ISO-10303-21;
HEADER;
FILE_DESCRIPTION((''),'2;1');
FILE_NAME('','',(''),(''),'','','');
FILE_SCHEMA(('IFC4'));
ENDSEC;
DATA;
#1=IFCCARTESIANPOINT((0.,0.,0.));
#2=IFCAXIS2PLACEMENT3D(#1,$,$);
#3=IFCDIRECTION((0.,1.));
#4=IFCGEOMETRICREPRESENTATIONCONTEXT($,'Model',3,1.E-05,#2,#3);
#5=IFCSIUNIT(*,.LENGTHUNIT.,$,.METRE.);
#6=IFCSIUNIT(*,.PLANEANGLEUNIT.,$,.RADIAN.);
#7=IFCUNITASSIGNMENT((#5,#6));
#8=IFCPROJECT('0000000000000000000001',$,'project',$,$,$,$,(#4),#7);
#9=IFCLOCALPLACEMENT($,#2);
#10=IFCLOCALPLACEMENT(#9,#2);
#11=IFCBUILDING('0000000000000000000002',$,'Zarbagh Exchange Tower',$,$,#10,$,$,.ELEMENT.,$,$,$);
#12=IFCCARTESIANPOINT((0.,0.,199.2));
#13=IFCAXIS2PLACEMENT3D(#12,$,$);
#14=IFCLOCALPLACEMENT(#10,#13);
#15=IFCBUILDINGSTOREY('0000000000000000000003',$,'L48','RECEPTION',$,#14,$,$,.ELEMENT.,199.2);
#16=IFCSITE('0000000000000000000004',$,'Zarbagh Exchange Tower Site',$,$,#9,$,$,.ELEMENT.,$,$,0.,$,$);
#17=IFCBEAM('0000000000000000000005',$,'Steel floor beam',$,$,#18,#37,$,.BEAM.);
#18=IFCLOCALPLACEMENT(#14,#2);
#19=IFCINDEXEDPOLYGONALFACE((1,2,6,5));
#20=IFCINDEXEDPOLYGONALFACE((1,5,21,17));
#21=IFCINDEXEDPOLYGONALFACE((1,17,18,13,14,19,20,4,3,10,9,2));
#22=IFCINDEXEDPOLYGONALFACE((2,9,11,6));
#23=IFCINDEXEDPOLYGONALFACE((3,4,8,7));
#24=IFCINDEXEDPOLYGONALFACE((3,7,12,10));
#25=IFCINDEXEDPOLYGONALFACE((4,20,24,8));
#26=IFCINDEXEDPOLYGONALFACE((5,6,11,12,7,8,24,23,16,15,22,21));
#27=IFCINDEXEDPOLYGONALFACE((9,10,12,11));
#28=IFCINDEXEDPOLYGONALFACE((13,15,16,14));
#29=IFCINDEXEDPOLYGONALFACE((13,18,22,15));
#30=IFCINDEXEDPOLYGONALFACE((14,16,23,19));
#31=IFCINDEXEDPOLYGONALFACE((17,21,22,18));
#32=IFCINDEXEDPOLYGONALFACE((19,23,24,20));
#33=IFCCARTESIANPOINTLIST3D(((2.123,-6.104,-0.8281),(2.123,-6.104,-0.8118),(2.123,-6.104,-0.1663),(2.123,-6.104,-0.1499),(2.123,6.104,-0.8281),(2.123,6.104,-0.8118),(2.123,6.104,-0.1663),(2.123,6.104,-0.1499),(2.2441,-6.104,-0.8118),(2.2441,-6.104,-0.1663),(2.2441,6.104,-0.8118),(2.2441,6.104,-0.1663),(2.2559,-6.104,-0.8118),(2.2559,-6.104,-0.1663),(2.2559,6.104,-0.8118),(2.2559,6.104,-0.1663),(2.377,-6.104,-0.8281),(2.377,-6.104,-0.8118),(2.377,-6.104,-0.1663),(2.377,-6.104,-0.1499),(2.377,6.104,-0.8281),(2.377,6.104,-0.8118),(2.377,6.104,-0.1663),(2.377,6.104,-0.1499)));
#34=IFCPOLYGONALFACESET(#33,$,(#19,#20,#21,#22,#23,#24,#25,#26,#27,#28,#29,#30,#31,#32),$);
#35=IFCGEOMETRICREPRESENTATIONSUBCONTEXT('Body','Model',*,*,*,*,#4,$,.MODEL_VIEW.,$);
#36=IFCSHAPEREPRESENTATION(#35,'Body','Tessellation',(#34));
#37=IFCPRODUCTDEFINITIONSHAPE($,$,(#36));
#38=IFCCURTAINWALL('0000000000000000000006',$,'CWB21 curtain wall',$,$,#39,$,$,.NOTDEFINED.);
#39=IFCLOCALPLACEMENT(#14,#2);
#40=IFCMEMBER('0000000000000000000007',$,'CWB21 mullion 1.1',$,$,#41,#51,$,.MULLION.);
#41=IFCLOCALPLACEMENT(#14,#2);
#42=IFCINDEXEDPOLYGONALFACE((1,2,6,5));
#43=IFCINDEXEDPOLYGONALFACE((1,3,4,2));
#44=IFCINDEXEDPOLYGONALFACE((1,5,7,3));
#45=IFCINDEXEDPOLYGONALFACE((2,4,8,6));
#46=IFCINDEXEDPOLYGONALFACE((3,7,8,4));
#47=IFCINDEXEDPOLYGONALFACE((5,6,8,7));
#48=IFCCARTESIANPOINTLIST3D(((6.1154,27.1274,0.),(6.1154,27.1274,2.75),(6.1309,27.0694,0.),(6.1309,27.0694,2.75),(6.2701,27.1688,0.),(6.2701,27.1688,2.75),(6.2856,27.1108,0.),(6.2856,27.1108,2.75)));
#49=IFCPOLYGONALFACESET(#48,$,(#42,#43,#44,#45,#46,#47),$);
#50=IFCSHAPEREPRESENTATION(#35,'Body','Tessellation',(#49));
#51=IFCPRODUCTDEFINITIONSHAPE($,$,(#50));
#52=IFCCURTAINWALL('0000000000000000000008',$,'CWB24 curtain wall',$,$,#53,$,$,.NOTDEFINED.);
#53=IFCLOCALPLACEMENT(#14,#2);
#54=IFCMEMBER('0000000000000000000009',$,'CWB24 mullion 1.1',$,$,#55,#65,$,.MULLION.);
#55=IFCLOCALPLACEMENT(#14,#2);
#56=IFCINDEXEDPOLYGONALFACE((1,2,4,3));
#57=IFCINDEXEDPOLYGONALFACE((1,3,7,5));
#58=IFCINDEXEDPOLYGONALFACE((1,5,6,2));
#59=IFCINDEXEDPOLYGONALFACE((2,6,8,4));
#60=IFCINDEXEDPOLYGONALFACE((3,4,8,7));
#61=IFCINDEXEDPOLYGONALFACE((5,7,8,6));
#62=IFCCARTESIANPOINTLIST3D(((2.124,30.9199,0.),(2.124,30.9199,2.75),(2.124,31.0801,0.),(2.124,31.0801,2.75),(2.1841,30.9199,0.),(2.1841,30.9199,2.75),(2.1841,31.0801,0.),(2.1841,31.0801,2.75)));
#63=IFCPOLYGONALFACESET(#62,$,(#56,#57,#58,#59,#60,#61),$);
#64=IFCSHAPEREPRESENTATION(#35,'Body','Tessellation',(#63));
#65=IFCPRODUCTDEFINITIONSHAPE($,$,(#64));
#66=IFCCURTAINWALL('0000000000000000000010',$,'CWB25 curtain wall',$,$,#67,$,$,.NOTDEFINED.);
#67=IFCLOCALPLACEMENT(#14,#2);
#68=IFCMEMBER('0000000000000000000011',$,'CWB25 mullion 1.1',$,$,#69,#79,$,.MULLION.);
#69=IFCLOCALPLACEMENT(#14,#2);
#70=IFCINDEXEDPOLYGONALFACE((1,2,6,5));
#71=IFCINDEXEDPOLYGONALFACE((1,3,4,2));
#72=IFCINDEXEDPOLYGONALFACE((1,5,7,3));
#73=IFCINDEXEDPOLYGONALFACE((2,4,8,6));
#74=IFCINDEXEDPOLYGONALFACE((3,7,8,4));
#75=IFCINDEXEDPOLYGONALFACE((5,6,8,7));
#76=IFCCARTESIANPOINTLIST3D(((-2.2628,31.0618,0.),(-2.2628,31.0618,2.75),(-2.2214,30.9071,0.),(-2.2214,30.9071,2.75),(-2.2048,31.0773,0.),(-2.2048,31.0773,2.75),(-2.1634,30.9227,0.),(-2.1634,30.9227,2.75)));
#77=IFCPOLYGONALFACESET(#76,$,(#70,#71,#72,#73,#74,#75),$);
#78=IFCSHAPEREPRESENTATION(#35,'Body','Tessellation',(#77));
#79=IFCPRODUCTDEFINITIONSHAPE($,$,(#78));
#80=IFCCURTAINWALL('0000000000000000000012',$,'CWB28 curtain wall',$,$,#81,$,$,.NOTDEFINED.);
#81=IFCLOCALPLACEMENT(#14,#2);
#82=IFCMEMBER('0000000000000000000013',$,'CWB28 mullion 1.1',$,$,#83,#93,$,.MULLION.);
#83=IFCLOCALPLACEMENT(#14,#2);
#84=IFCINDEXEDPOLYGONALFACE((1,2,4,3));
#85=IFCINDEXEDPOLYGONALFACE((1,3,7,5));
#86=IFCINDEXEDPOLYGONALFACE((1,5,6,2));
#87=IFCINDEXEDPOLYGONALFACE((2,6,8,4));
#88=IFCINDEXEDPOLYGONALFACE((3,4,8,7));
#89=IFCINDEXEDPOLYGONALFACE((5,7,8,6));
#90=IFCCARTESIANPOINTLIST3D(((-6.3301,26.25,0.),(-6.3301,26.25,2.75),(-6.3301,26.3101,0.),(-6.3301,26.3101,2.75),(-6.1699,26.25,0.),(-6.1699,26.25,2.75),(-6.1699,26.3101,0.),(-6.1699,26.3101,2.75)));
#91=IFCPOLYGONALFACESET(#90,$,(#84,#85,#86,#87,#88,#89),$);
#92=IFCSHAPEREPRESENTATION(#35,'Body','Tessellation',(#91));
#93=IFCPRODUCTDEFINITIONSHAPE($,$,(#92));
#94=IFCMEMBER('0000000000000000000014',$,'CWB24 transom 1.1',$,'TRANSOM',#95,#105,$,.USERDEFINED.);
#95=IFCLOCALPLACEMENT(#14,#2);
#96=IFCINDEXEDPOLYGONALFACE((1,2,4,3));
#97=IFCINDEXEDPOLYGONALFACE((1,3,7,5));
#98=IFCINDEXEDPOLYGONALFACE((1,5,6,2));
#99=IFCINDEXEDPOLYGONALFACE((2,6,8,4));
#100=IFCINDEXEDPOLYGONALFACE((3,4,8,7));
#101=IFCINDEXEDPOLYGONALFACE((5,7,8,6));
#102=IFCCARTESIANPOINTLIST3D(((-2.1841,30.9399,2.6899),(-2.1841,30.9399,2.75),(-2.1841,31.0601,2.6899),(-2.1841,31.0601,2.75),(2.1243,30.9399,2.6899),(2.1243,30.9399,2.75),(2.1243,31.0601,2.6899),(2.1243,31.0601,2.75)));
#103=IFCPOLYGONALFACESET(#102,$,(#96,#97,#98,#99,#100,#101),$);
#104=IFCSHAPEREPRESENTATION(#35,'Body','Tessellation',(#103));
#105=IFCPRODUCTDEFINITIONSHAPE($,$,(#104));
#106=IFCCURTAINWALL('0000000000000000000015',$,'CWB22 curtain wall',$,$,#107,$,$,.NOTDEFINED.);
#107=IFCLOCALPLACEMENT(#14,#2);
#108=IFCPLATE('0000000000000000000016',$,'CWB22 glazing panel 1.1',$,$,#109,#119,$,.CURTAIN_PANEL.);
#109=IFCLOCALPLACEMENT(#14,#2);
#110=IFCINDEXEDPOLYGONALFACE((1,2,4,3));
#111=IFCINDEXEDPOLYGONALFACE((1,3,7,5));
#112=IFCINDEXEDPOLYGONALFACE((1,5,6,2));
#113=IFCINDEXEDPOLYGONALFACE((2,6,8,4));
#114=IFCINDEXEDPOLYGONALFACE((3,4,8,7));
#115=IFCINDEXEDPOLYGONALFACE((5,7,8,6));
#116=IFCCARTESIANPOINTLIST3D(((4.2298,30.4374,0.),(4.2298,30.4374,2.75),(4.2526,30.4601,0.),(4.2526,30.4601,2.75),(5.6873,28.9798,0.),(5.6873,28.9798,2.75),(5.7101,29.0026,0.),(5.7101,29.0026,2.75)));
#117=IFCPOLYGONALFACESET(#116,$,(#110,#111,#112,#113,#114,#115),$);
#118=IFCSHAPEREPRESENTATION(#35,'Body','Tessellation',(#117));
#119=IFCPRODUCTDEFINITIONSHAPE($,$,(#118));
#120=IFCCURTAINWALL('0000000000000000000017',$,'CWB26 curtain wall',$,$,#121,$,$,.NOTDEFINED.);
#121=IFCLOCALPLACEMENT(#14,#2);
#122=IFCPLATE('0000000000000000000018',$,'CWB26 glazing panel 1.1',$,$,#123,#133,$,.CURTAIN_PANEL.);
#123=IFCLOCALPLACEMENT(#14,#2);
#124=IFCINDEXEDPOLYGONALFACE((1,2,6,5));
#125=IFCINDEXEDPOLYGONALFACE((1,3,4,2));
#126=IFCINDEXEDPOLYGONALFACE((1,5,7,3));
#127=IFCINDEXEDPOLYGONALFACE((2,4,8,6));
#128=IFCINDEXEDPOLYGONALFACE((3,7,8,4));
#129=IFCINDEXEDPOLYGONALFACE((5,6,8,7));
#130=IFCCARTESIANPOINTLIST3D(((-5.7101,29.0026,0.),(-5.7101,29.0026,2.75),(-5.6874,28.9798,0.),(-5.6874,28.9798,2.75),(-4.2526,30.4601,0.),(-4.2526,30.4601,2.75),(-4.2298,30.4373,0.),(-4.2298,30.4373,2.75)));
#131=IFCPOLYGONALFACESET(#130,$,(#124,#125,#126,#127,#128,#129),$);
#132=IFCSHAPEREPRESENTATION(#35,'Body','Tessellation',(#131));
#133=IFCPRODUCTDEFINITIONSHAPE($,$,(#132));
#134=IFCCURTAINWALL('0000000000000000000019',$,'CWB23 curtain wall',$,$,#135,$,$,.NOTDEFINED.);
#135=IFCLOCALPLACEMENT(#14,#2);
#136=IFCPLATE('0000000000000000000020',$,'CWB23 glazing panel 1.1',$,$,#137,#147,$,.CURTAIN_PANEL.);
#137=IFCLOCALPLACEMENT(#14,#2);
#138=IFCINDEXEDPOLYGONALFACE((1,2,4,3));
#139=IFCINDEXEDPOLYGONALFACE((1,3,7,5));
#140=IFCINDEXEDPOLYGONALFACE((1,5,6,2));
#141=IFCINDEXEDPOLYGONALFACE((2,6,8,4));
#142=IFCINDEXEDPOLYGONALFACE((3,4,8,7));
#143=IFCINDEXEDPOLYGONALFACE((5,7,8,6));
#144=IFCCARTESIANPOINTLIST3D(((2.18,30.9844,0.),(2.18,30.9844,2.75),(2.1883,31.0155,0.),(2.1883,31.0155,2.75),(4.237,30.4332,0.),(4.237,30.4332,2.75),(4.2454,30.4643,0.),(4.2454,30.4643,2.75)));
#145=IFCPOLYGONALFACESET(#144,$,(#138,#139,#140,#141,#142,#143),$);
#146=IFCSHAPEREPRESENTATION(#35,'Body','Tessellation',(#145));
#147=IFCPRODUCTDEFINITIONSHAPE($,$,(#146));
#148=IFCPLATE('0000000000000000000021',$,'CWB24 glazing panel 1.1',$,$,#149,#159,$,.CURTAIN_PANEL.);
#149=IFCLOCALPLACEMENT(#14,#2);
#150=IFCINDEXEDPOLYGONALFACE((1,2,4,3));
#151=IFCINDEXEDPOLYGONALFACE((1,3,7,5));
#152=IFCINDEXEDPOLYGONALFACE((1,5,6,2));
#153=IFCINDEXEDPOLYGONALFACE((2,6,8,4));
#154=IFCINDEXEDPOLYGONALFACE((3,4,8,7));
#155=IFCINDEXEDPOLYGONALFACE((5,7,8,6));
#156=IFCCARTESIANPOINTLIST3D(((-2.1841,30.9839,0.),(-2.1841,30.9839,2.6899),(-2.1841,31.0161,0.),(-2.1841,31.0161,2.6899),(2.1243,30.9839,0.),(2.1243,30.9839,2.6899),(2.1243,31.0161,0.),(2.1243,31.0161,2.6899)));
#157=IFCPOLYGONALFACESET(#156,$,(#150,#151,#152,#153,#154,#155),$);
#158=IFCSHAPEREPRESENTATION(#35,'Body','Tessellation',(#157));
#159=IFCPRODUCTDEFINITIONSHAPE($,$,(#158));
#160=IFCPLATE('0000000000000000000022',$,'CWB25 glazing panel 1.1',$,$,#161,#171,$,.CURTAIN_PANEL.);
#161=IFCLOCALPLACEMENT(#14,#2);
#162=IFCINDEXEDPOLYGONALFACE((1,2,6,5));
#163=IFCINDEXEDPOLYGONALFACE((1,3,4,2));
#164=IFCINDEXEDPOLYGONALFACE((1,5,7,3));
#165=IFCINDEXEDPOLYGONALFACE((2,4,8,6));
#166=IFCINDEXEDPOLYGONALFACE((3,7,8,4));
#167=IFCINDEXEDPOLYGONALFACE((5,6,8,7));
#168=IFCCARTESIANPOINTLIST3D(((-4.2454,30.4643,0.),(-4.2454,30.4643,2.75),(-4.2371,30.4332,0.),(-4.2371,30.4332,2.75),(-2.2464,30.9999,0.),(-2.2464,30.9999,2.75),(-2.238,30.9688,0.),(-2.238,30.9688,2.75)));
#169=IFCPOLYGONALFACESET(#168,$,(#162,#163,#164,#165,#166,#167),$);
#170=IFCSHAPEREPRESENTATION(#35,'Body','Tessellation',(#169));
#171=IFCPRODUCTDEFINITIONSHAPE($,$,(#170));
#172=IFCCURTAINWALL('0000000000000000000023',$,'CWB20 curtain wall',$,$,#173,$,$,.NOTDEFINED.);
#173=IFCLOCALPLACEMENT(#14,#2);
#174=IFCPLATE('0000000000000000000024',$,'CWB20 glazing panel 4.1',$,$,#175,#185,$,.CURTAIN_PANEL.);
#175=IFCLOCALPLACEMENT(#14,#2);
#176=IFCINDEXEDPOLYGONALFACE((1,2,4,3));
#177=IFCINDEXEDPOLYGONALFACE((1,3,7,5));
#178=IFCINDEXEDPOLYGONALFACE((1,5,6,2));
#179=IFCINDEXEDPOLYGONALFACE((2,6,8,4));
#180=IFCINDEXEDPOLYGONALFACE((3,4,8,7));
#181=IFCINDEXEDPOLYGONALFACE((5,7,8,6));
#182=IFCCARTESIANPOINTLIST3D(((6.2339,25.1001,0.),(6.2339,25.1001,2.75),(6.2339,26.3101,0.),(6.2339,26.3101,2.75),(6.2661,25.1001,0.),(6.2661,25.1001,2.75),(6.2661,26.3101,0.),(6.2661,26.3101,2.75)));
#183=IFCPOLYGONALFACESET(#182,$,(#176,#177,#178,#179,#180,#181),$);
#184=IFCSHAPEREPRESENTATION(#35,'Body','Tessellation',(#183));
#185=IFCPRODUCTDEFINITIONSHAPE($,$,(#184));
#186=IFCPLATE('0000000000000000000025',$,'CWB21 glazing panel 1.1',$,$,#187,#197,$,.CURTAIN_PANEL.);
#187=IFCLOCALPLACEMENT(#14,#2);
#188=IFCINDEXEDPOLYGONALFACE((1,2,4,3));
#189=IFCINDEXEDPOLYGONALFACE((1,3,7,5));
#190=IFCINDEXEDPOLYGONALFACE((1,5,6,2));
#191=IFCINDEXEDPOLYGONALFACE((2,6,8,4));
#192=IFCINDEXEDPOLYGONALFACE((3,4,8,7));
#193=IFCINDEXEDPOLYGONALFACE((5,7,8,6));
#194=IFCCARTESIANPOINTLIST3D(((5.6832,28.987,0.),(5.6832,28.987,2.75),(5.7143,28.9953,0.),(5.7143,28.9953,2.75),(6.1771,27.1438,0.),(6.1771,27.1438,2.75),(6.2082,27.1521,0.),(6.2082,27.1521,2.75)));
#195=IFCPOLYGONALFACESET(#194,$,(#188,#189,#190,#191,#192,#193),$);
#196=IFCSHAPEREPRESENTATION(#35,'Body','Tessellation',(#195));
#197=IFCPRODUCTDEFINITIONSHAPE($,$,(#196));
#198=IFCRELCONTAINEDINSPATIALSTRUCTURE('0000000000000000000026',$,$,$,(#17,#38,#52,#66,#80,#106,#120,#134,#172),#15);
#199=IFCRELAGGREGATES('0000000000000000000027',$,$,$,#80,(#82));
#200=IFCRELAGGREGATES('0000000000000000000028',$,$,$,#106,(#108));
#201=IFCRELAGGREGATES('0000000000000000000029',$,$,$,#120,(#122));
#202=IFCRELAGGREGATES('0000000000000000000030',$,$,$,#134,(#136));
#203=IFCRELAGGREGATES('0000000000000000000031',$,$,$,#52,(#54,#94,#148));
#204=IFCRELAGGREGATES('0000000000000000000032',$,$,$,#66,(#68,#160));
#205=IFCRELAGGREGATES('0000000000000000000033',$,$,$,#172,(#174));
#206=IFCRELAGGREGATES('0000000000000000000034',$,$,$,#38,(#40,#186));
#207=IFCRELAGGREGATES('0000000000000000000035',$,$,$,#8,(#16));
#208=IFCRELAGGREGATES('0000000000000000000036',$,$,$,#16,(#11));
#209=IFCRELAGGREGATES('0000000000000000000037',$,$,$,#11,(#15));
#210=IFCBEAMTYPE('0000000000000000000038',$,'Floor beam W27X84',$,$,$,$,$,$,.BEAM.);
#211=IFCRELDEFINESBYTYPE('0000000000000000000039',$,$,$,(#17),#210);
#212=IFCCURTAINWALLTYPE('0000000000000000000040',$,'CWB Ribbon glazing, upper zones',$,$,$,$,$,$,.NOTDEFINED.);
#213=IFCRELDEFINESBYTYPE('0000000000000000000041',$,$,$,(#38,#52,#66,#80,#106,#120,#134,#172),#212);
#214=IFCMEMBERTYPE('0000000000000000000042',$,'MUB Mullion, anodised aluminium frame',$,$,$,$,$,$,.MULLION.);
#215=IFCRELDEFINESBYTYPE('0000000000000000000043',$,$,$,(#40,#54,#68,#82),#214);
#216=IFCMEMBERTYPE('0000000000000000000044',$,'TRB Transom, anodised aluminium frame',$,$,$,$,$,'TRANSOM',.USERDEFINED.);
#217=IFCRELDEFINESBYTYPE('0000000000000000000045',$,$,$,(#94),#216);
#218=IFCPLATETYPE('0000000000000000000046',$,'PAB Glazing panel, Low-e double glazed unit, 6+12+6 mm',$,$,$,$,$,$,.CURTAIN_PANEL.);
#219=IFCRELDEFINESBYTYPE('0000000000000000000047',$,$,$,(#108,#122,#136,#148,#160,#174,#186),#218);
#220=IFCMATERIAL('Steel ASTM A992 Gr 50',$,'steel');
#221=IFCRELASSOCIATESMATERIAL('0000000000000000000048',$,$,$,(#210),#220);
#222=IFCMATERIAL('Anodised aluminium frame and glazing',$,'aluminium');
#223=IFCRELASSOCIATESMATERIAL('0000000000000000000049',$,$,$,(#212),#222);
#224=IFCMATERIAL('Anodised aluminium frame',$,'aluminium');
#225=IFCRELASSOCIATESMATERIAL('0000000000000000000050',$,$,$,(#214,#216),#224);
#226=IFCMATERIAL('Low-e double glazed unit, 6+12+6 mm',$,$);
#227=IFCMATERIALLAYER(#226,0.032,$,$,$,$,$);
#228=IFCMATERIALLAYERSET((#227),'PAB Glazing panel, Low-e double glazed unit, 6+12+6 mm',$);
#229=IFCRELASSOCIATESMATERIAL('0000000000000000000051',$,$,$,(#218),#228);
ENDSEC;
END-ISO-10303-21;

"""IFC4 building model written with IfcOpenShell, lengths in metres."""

from ifc_helpers import new_model, si_unit, direction, frame, origin, origin_2d, place, context, subcontext, project, spatial, polyline, i_section, outline, extrude, source, transform, mapped, material, layer, layer_set, material_profile, profile_set, type_object, element, aggregate, save


model = new_model("IFC4")

# Units and contexts
model_context = context("Model", 3, precision=1e-05, world=origin(), true_north=direction((0.0, 1.0)))
body_context = subcontext(model_context, "Body", "Model", "MODEL_VIEW")
ifc_project = project(units=[si_unit("LENGTHUNIT", "METRE"), si_unit("PLANEANGLEUNIT", "RADIAN")], contexts=[model_context])

# Site, building, storey
site_placement = place(None, origin())
site = spatial("IfcSite", under=ifc_project, at=site_placement, Name="Zarbagh Exchange Tower Site", CompositionType="ELEMENT", RefElevation=0.0)
building_placement = place(site_placement, origin())
building = spatial("IfcBuilding", under=site, at=building_placement, Name="Zarbagh Exchange Tower", CompositionType="ELEMENT")
storey_placement = place(building_placement, frame((0.0, 0.0, 199.2)))
storey = spatial("IfcBuildingStorey", under=building, at=storey_placement, Name="L48", Description="RECEPTION", CompositionType="ELEMENT", Elevation=199.2)

# Beam
ifc_material_1 = material(Name="Steel ASTM A992 Gr 50", Category="steel")
ifc_material_profile = material_profile(ifc_material_1, i_section(OverallWidth=0.2539, OverallDepth=0.6782, WebThickness=0.0117, FlangeThickness=0.0164, at=origin_2d()), Name="W27X84")
ifc_profile_set = profile_set([ifc_material_profile], Name="Steel ASTM A992 Gr 50")
beam_type = type_object("IfcBeamType", Name="Floor beam W27X84", PredefinedType="BEAM", material=ifc_profile_set)
beam_placement = place(storey_placement, frame((2.25, -6.104, -0.489), z_axis=(0.0, 1.0, 0.0), x_axis=(-1.0, 0.0, 0.0)))
element("IfcBeam", 1, at=beam_placement, inside=storey, type_object=beam_type, Name="Steel floor beam", PredefinedType="BEAM", context=body_context, shape_type="SweptSolid", body=[
    extrude(i_section(OverallWidth=0.2539, OverallDepth=0.6782, WebThickness=0.0117, FlangeThickness=0.0164, at=origin_2d()), origin(), (0.0, 0.0, 1.0), 12.208),
])

# Curtain walls, members
ifc_material_2 = material(Name="Anodised aluminium frame and glazing", Category="aluminium")
curtain_wall_type = type_object("IfcCurtainWallType", Name="CWB Ribbon glazing, upper zones", PredefinedType="NOTDEFINED", material=ifc_material_2)
curtain_wall_1_placement = place(storey_placement, origin())
curtain_wall_1 = element("IfcCurtainWall", 2, at=curtain_wall_1_placement, inside=storey, type_object=curtain_wall_type, Name="CWB21 curtain wall", PredefinedType="NOTDEFINED")
ifc_material_3 = material(Name="Anodised aluminium frame", Category="aluminium")
member_type_1 = type_object("IfcMemberType", Name="MUB Mullion, anodised aluminium frame", PredefinedType="MULLION", material=ifc_material_3)
shared_shape_1 = source(origin(), body_context, "Body", "SweptSolid", [
    extrude(outline(polyline([(0.0, -0.0801), (0.0601, -0.0801), (0.0601, 0.0801), (0.0, 0.0801), (0.0, -0.0801)])), origin(), (0.0, 0.0, 1.0), 2.75),
])
placement = place(storey_placement, origin())
member_1 = element("IfcMember", 3, at=placement, type_object=member_type_1, Name="CWB21 mullion 1.1", PredefinedType="MULLION", context=body_context, shape_type="MappedRepresentation", body=[
    mapped(shared_shape_1, transform((6.2083, 27.0901, 0.0), x_axis=(-0.258825, 0.965924, 0.0), y_axis=(-0.965924, -0.258825, 0.0), z_axis=(0.0, 0.0, 1.0))),
])
curtain_wall_2_placement = place(storey_placement, origin())
curtain_wall_2 = element("IfcCurtainWall", 4, at=curtain_wall_2_placement, inside=storey, type_object=curtain_wall_type, Name="CWB24 curtain wall", PredefinedType="NOTDEFINED")
member_2 = element("IfcMember", 5, at=placement, type_object=member_type_1, Name="CWB24 mullion 1.1", PredefinedType="MULLION", context=body_context, shape_type="MappedRepresentation", body=[
    mapped(shared_shape_1, transform((2.1841, 31.0, 0.0), x_axis=(-1.0, 0.0, 0.0), y_axis=(0.0, -1.0, 0.0), z_axis=(0.0, 0.0, 1.0))),
])
curtain_wall_3_placement = place(storey_placement, origin())
curtain_wall_3 = element("IfcCurtainWall", 6, at=curtain_wall_3_placement, inside=storey, type_object=curtain_wall_type, Name="CWB25 curtain wall", PredefinedType="NOTDEFINED")
member_3 = element("IfcMember", 7, at=placement, type_object=member_type_1, Name="CWB25 mullion 1.1", PredefinedType="MULLION", context=body_context, shape_type="MappedRepresentation", body=[
    mapped(shared_shape_1, transform((-2.1841, 31.0, 0.0), x_axis=(-0.965924, -0.258825, 0.0), y_axis=(0.258825, -0.965924, 0.0), z_axis=(0.0, 0.0, 1.0))),
])
curtain_wall_4_placement = place(storey_placement, origin())
curtain_wall_4 = element("IfcCurtainWall", 8, at=curtain_wall_4_placement, inside=storey, type_object=curtain_wall_type, Name="CWB28 curtain wall", PredefinedType="NOTDEFINED")
member_4 = element("IfcMember", 9, at=placement, type_object=member_type_1, Name="CWB28 mullion 1.1", PredefinedType="MULLION", context=body_context, shape_type="MappedRepresentation", body=[
    mapped(shared_shape_1, transform((-6.25, 26.3101, 0.0), x_axis=(0.0, -1.0, 0.0), y_axis=(1.0, 0.0, 0.0), z_axis=(0.0, 0.0, 1.0))),
])
aggregate(curtain_wall_4, [member_4])

# Member
member_type_2 = type_object("IfcMemberType", Name="TRB Transom, anodised aluminium frame", ElementType="TRANSOM", PredefinedType="USERDEFINED", material=ifc_material_3)
shared_shape_2 = source(origin(), body_context, "Body", "SweptSolid", [
    extrude(outline(polyline([(-0.0601, -0.0601), (0.0, -0.0601), (0.0, 0.0601), (-0.0601, 0.0601), (-0.0601, -0.0601)])), origin(), (0.0, 0.0, 1.0), 4.3083),
])
member_5 = element("IfcMember", 10, at=placement, type_object=member_type_2, Name="CWB24 transom 1.1", ObjectType="TRANSOM", PredefinedType="USERDEFINED", context=body_context, shape_type="MappedRepresentation", body=[
    mapped(shared_shape_2, transform((2.1243, 31.0, 2.75), x_axis=(0.0, 0.0, 1.0), y_axis=(0.0, 1.0, 0.0), z_axis=(-1.0, 0.0, 0.0))),
])

# Curtain walls, plates
curtain_wall_5_placement = place(storey_placement, origin())
curtain_wall_5 = element("IfcCurtainWall", 11, at=curtain_wall_5_placement, inside=storey, type_object=curtain_wall_type, Name="CWB22 curtain wall", PredefinedType="NOTDEFINED")
ifc_material_4 = material(Name="Low-e double glazed unit, 6+12+6 mm")
ifc_layer_1 = layer(ifc_material_4, 0.032)
ifc_layer_set_1 = layer_set([ifc_layer_1], Name="PAB Glazing panel, Low-e double glazed unit, 6+12+6 mm")
plate_type = type_object("IfcPlateType", Name="PAB Glazing panel, Low-e double glazed unit, 6+12+6 mm", PredefinedType="CURTAIN_PANEL", material=ifc_layer_set_1)
shared_shape_3 = source(origin(), body_context, "Body", "SweptSolid", [
    extrude(outline(polyline([(0.0, -0.0161), (2.0613, -0.0161), (2.0613, 0.0161), (0.0, 0.0161), (0.0, -0.0161)])), origin(), (0.0, 0.0, 1.0), 2.75),
])
plate_1 = element("IfcPlate", 12, at=placement, type_object=plate_type, Name="CWB22 glazing panel 1.1", PredefinedType="CURTAIN_PANEL", context=body_context, shape_type="MappedRepresentation", body=[
    mapped(shared_shape_3, transform((5.6987, 28.9912, 0.0), x_axis=(-0.707107, 0.707107, 0.0), y_axis=(-0.707107, -0.707107, 0.0), z_axis=(0.0, 0.0, 1.0))),
])
aggregate(curtain_wall_5, [plate_1])
curtain_wall_6_placement = place(storey_placement, origin())
curtain_wall_6 = element("IfcCurtainWall", 13, at=curtain_wall_6_placement, inside=storey, type_object=curtain_wall_type, Name="CWB26 curtain wall", PredefinedType="NOTDEFINED")
plate_2 = element("IfcPlate", 14, at=placement, type_object=plate_type, Name="CWB26 glazing panel 1.1", PredefinedType="CURTAIN_PANEL", context=body_context, shape_type="MappedRepresentation", body=[
    mapped(shared_shape_3, transform((-4.2412, 30.4487, 0.0), x_axis=(-0.707107, -0.707107, 0.0), y_axis=(0.707107, -0.707107, 0.0), z_axis=(0.0, 0.0, 1.0))),
])
aggregate(curtain_wall_6, [plate_2])
curtain_wall_7_placement = place(storey_placement, origin())
curtain_wall_7 = element("IfcCurtainWall", 15, at=curtain_wall_7_placement, inside=storey, type_object=curtain_wall_type, Name="CWB23 curtain wall", PredefinedType="NOTDEFINED")
shared_shape_4 = source(origin(), body_context, "Body", "SweptSolid", [
    extrude(outline(polyline([(0.0, -0.0161), (2.1296, -0.0161), (2.1296, 0.0161), (0.0, 0.0161), (0.0, -0.0161)])), origin(), (0.0, 0.0, 1.0), 2.75),
])
plate_3 = element("IfcPlate", 16, at=placement, type_object=plate_type, Name="CWB23 glazing panel 1.1", PredefinedType="CURTAIN_PANEL", context=body_context, shape_type="MappedRepresentation", body=[
    mapped(shared_shape_4, transform((4.2412, 30.4487, 0.0), x_axis=(-0.965924, 0.258825, 0.0), y_axis=(-0.258825, -0.965924, 0.0), z_axis=(0.0, 0.0, 1.0))),
])
aggregate(curtain_wall_7, [plate_3])

# Plates
shared_shape_5 = source(origin(), body_context, "Body", "SweptSolid", [
    extrude(outline(polyline([(0.0, -0.0161), (4.3083, -0.0161), (4.3083, 0.0161), (0.0, 0.0161), (0.0, -0.0161)])), origin(), (0.0, 0.0, 1.0), 2.6899),
])
plate_4 = element("IfcPlate", 17, at=placement, type_object=plate_type, Name="CWB24 glazing panel 1.1", PredefinedType="CURTAIN_PANEL", context=body_context, shape_type="MappedRepresentation", body=[
    mapped(shared_shape_5, transform((2.1243, 31.0, 0.0), x_axis=(-1.0, 0.0, 0.0), y_axis=(0.0, -1.0, 0.0), z_axis=(0.0, 0.0, 1.0))),
])
aggregate(curtain_wall_2, [member_2, member_5, plate_4])
shared_shape_6 = source(origin(), body_context, "Body", "SweptSolid", [
    extrude(outline(polyline([(0.0, -0.0161), (2.0696, -0.0161), (2.0696, 0.0161), (0.0, 0.0161), (0.0, -0.0161)])), origin(), (0.0, 0.0, 1.0), 2.75),
])
plate_5 = element("IfcPlate", 18, at=placement, type_object=plate_type, Name="CWB25 glazing panel 1.1", PredefinedType="CURTAIN_PANEL", context=body_context, shape_type="MappedRepresentation", body=[
    mapped(shared_shape_6, transform((-2.2422, 30.9844, 0.0), x_axis=(-0.965924, -0.258825, 0.0), y_axis=(0.258825, -0.965924, 0.0), z_axis=(0.0, 0.0, 1.0))),
])
aggregate(curtain_wall_3, [member_3, plate_5])

# Curtain wall, plate
curtain_wall_8_placement = place(storey_placement, origin())
curtain_wall_8 = element("IfcCurtainWall", 19, at=curtain_wall_8_placement, inside=storey, type_object=curtain_wall_type, Name="CWB20 curtain wall", PredefinedType="NOTDEFINED")
shared_shape_7 = source(origin(), body_context, "Body", "SweptSolid", [
    extrude(outline(polyline([(0.0, -0.0161), (1.21, -0.0161), (1.21, 0.0161), (0.0, 0.0161), (0.0, -0.0161)])), origin(), (0.0, 0.0, 1.0), 2.75),
])
plate_6 = element("IfcPlate", 20, at=placement, type_object=plate_type, Name="CWB20 glazing panel 4.1", PredefinedType="CURTAIN_PANEL", context=body_context, shape_type="MappedRepresentation", body=[
    mapped(shared_shape_7, transform((6.25, 25.1001, 0.0), x_axis=(0.0, 1.0, 0.0), y_axis=(-1.0, 0.0, 0.0), z_axis=(0.0, 0.0, 1.0))),
])
aggregate(curtain_wall_8, [plate_6])

# Plate
shared_shape_8 = source(origin(), body_context, "Body", "SweptSolid", [
    extrude(outline(polyline([(0.0, -0.0161), (1.9082, -0.0161), (1.9082, 0.0161), (0.0, 0.0161), (0.0, -0.0161)])), origin(), (0.0, 0.0, 1.0), 2.75),
])
plate_7 = element("IfcPlate", 21, at=placement, type_object=plate_type, Name="CWB21 glazing panel 1.1", PredefinedType="CURTAIN_PANEL", context=body_context, shape_type="MappedRepresentation", body=[
    mapped(shared_shape_8, transform((6.1926, 27.1479, 0.0), x_axis=(-0.258825, 0.965924, 0.0), y_axis=(-0.965924, -0.258825, 0.0), z_axis=(0.0, 0.0, 1.0))),
])
aggregate(curtain_wall_1, [member_1, plate_7])

save(model, "model.ifc")
